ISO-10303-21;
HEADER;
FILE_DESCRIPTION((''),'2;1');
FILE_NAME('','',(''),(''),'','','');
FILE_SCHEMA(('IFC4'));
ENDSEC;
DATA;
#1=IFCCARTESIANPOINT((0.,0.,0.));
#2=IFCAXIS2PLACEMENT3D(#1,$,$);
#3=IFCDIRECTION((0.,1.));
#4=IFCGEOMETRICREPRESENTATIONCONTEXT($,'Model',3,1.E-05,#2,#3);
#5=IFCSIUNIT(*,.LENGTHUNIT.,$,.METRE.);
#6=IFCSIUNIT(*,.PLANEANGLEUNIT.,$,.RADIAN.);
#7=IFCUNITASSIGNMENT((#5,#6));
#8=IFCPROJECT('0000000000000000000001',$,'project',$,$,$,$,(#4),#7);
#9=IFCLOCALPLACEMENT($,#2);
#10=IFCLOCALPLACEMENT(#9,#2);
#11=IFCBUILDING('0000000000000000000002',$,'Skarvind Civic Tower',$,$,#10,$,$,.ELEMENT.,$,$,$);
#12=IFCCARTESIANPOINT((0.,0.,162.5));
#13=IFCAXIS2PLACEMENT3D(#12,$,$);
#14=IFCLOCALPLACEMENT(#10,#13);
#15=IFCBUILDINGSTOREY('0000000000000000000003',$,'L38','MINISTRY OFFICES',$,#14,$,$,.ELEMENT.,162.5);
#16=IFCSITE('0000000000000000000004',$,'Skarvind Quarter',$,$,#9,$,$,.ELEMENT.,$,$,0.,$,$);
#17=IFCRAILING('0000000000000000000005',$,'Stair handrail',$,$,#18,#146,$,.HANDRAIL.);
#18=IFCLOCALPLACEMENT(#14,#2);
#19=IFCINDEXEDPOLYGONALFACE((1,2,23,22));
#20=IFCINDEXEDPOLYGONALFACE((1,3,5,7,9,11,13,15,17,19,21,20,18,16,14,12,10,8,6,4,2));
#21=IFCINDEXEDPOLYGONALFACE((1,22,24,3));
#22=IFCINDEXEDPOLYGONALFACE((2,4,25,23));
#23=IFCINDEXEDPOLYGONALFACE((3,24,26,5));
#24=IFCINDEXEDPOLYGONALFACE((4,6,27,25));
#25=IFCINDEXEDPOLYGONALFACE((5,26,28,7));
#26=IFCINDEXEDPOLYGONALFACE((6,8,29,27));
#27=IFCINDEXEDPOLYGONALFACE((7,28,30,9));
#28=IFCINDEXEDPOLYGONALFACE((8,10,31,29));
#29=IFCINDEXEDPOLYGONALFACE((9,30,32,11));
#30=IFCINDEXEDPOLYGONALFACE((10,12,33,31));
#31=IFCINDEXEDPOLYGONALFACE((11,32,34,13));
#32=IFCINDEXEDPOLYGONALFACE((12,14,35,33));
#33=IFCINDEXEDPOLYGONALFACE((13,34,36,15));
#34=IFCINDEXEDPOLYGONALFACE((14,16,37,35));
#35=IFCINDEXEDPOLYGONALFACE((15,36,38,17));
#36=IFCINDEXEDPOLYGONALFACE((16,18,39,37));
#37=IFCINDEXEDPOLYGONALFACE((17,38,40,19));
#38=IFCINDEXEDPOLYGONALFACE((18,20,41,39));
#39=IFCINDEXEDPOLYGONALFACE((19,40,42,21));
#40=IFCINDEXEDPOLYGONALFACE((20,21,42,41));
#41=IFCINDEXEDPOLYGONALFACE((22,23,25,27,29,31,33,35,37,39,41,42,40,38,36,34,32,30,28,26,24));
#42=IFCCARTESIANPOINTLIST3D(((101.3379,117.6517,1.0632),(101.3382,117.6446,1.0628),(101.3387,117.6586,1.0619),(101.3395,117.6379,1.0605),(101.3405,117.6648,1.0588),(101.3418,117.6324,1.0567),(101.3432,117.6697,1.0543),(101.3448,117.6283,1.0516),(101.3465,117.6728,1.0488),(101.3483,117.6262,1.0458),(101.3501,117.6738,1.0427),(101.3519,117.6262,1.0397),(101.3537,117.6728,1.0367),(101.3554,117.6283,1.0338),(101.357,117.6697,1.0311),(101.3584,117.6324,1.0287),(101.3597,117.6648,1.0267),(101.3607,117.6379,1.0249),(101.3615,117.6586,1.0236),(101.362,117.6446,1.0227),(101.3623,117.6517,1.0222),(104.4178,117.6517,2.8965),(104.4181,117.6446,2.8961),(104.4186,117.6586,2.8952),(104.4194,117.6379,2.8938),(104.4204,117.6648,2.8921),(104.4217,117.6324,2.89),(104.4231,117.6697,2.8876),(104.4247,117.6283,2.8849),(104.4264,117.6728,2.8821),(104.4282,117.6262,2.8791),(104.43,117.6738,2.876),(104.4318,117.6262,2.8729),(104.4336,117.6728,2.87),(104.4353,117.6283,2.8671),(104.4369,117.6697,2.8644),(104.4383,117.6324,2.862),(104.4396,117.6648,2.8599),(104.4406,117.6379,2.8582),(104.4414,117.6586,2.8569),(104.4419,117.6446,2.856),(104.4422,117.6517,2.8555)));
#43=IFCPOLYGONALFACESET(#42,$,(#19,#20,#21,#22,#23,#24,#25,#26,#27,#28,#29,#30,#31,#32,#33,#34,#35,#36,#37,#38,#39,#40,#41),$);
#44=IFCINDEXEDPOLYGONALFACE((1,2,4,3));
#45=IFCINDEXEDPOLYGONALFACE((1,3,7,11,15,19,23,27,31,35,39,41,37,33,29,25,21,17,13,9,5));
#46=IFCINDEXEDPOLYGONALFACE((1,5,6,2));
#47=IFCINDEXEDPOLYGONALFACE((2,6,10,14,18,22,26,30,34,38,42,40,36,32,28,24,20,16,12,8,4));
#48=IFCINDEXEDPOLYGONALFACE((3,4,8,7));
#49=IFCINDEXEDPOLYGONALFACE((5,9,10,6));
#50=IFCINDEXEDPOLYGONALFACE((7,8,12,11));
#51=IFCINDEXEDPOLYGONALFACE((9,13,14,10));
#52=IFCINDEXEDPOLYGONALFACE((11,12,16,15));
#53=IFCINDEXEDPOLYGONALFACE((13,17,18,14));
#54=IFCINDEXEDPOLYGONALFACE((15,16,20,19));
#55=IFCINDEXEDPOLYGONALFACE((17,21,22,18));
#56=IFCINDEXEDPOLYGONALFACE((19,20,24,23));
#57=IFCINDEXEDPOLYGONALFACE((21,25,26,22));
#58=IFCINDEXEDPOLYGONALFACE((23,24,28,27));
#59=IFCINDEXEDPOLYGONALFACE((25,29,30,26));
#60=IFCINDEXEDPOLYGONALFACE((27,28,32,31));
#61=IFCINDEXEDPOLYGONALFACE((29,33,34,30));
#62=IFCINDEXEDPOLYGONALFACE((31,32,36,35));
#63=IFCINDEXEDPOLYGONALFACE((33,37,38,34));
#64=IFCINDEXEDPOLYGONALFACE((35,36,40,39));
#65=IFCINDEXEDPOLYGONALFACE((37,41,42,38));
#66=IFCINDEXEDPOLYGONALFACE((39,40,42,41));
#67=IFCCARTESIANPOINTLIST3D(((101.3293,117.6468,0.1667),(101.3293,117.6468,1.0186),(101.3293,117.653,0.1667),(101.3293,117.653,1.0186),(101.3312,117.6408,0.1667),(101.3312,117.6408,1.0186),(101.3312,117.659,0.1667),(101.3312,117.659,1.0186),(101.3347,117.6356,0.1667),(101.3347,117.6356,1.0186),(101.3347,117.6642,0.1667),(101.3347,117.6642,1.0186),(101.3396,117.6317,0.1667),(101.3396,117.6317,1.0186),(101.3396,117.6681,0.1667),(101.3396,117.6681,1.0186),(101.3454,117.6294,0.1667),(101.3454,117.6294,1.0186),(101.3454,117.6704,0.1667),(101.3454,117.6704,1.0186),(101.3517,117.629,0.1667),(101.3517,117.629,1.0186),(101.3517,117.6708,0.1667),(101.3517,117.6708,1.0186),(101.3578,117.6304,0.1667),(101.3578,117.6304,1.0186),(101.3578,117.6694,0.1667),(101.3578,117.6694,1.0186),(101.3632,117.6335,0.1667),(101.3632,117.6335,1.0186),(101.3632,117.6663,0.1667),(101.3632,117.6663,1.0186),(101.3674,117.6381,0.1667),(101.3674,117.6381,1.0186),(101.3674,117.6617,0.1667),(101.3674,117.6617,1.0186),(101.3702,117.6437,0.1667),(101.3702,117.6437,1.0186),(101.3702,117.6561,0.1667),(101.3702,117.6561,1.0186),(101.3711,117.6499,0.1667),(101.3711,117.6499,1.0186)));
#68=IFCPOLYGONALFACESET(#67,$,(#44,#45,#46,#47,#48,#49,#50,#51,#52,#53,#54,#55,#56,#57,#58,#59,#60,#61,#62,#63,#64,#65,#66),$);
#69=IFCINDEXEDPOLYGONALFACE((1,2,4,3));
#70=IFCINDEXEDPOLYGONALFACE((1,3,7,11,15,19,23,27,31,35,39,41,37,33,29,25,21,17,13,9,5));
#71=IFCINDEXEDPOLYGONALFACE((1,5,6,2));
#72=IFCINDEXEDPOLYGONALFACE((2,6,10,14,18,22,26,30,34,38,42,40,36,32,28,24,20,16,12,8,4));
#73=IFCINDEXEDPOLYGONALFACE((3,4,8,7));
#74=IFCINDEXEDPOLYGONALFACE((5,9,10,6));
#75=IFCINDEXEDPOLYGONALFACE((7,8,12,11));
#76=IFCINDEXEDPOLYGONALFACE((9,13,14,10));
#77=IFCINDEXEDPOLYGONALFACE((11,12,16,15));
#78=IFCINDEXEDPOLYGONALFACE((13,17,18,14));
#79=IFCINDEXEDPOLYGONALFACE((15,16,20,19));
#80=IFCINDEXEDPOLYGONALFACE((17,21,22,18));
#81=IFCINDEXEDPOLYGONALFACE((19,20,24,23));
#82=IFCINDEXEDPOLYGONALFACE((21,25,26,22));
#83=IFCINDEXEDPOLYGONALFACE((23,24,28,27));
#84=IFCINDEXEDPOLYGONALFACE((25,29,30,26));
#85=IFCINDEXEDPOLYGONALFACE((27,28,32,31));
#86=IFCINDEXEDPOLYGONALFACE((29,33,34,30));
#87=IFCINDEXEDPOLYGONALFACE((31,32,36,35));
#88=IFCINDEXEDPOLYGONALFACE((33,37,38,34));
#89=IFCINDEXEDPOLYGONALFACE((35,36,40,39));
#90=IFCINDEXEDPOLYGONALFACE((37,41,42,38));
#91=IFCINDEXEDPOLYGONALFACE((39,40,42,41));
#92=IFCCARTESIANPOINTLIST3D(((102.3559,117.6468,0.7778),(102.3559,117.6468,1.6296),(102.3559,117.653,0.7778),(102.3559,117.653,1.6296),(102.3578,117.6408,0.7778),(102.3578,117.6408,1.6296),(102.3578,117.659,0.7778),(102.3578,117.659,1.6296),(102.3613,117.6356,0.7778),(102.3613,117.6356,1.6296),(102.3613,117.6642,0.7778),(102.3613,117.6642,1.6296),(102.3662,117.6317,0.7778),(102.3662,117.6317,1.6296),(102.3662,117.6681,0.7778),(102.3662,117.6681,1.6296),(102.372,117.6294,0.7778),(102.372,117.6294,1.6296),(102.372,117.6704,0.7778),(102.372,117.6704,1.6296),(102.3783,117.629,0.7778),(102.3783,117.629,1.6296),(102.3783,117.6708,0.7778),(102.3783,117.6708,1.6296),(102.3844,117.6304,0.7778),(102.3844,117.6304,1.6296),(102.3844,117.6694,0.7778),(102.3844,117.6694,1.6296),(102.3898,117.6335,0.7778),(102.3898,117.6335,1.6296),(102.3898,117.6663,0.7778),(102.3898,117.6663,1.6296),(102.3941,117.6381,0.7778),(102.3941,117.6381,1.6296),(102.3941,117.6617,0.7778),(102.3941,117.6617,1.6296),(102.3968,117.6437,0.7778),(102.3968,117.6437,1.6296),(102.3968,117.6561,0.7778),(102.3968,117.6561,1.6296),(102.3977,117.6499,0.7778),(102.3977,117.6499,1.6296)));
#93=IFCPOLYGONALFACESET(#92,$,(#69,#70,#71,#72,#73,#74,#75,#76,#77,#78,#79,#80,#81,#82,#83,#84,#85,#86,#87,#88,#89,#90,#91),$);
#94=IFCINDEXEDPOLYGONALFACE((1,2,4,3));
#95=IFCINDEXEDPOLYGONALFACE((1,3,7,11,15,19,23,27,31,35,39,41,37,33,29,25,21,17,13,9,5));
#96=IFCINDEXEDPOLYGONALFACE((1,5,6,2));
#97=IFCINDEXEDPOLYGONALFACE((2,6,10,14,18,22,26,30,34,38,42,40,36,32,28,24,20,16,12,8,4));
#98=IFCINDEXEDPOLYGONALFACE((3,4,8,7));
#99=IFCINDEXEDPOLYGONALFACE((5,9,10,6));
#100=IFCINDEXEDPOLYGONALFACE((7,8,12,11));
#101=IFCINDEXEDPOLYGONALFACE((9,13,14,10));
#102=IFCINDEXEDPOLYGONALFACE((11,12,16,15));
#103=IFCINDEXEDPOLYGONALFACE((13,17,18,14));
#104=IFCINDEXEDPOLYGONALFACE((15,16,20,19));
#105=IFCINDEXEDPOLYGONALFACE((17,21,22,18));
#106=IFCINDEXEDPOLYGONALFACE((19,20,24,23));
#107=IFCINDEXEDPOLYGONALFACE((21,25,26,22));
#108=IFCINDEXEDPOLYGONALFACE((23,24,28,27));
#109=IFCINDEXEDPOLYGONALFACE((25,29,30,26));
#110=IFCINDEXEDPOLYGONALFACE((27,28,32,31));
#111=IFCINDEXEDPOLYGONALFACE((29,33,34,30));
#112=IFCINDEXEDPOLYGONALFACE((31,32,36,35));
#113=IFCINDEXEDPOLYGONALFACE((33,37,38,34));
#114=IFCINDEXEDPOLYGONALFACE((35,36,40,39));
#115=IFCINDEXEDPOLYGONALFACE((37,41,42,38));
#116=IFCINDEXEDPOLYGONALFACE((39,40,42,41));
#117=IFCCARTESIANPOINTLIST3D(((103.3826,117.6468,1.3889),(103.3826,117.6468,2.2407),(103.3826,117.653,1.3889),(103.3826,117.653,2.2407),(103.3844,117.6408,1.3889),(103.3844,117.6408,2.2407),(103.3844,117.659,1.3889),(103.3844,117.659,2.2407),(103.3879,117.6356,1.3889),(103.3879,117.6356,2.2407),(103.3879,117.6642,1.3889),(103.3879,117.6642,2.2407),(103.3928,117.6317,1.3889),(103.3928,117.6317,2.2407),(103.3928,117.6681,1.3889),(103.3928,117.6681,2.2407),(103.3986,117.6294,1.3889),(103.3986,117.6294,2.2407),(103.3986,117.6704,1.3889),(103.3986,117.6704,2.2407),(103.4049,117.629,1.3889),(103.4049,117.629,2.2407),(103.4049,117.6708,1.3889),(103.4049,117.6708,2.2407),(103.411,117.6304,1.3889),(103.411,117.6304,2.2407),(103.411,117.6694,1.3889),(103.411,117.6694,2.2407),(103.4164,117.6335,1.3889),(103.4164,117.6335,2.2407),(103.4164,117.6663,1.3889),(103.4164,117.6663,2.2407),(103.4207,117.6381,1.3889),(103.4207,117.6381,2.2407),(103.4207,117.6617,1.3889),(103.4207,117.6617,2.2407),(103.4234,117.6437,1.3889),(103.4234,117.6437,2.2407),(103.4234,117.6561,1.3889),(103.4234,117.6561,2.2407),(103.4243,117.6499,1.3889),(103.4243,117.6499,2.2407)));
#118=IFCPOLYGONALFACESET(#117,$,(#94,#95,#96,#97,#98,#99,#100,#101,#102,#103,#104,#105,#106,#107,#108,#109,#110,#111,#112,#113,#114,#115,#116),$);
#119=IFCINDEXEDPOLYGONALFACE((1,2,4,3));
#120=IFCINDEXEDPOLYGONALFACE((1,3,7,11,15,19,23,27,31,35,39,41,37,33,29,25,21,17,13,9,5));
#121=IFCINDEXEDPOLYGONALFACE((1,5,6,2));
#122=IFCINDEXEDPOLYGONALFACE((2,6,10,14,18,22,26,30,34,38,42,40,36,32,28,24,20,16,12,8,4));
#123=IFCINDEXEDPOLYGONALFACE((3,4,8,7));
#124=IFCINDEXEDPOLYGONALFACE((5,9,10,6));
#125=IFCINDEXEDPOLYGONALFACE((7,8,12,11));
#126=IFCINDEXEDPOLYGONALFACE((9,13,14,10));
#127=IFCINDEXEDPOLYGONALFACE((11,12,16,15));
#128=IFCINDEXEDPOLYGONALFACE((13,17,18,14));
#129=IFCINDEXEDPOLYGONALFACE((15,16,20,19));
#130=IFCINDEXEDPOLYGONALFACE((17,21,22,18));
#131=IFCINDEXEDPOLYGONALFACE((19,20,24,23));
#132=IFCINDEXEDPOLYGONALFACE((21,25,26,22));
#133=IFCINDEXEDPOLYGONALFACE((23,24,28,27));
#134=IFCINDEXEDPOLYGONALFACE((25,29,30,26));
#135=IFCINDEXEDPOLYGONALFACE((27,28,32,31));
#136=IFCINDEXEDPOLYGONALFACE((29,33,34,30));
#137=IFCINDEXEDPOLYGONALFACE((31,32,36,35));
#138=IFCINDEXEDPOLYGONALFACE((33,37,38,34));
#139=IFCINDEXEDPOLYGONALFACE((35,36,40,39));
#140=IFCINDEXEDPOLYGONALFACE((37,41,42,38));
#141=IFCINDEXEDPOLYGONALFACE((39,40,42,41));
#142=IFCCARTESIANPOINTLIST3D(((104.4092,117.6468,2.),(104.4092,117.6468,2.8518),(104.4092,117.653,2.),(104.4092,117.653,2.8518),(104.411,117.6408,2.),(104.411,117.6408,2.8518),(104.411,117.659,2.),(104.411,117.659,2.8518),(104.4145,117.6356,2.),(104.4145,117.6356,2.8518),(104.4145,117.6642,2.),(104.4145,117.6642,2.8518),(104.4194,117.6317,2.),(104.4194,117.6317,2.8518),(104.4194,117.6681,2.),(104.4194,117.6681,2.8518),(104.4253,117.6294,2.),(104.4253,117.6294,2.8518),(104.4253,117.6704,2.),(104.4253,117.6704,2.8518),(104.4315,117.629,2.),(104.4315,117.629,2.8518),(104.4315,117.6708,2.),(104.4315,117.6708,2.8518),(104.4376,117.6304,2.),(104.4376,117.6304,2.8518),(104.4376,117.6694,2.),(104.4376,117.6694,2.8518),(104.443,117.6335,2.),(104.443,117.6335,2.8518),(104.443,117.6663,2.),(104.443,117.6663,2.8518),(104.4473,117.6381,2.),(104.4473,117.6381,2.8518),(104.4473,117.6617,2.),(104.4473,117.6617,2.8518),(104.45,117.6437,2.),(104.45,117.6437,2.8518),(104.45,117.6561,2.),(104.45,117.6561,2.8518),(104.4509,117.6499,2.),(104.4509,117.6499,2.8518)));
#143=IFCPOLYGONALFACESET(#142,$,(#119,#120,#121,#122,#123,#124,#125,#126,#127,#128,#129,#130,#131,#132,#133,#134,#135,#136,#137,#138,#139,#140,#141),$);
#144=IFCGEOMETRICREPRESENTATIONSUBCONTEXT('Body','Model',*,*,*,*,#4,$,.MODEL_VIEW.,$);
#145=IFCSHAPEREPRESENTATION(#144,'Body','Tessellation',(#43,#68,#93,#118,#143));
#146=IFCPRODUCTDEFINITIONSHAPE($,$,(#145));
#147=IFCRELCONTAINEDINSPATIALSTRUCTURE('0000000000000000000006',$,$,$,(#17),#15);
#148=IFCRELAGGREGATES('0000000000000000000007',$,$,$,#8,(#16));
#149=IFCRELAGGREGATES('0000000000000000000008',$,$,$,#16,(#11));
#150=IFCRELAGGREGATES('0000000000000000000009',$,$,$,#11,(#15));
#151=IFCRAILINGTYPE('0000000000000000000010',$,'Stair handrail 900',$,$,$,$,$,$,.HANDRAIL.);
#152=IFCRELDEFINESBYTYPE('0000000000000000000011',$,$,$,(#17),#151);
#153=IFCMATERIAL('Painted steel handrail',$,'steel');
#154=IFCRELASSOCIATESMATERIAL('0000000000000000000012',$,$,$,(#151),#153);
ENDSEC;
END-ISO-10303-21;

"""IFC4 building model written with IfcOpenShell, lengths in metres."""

from ifc_helpers import new_model, si_unit, direction, frame, origin, origin_2d, place, context, subcontext, project, spatial, circle, extrude, material, type_object, element, save


model = new_model("IFC4")

# Units and contexts
model_context = context("Model", 3, precision=1e-05, world=origin(), true_north=direction((0.0, 1.0)))
body_context = subcontext(model_context, "Body", "Model", "MODEL_VIEW")
ifc_project = project(units=[si_unit("LENGTHUNIT", "METRE"), si_unit("PLANEANGLEUNIT", "RADIAN")], contexts=[model_context])

# Site, building, storey
site_placement = place(None, origin())
site = spatial("IfcSite", under=ifc_project, at=site_placement, Name="Skarvind Quarter", CompositionType="ELEMENT", RefElevation=0.0)
building_placement = place(site_placement, origin())
building = spatial("IfcBuilding", under=site, at=building_placement, Name="Skarvind Civic Tower", CompositionType="ELEMENT")
storey_placement = place(building_placement, frame((0.0, 0.0, 162.5)))
storey = spatial("IfcBuildingStorey", under=building, at=storey_placement, Name="L38", Description="MINISTRY OFFICES", CompositionType="ELEMENT", Elevation=162.5)

# Railing
ifc_material_1 = material(Name="Painted steel handrail", Category="steel")
railing_type = type_object("IfcRailingType", Name="Stair handrail 900", PredefinedType="HANDRAIL", material=ifc_material_1)
railing_1_placement = place(storey_placement, frame((101.3501, 117.6499, 0.1667)))
element("IfcRailing", 1, at=railing_1_placement, inside=storey, type_object=railing_type, Name="Stair handrail", PredefinedType="HANDRAIL", context=body_context, shape_type="SweptSolid", body=[
    extrude(circle(Radius=0.0239, at=origin_2d()), frame((0.0, 0.0, 0.876), z_axis=(0.859291, 0.0, 0.511487), x_axis=(0.0, 1.0, 0.0)), (0.0, 0.0, 1.0), 3.5842),
    extrude(circle(Radius=0.021, at=origin_2d()), origin(), (0.0, 0.0, 1.0), 0.8518),
    extrude(circle(Radius=0.021, at=origin_2d()), frame((1.0266, 0.0, 0.6111)), (0.0, 0.0, 1.0), 0.8518),
    extrude(circle(Radius=0.021, at=origin_2d()), frame((2.0532, 0.0, 1.2222)), (0.0, 0.0, 1.0), 0.8518),
    extrude(circle(Radius=0.021, at=origin_2d()), frame((3.0798, 0.0, 1.8333)), (0.0, 0.0, 1.0), 0.8518),
])

save(model, "model.ifc")
